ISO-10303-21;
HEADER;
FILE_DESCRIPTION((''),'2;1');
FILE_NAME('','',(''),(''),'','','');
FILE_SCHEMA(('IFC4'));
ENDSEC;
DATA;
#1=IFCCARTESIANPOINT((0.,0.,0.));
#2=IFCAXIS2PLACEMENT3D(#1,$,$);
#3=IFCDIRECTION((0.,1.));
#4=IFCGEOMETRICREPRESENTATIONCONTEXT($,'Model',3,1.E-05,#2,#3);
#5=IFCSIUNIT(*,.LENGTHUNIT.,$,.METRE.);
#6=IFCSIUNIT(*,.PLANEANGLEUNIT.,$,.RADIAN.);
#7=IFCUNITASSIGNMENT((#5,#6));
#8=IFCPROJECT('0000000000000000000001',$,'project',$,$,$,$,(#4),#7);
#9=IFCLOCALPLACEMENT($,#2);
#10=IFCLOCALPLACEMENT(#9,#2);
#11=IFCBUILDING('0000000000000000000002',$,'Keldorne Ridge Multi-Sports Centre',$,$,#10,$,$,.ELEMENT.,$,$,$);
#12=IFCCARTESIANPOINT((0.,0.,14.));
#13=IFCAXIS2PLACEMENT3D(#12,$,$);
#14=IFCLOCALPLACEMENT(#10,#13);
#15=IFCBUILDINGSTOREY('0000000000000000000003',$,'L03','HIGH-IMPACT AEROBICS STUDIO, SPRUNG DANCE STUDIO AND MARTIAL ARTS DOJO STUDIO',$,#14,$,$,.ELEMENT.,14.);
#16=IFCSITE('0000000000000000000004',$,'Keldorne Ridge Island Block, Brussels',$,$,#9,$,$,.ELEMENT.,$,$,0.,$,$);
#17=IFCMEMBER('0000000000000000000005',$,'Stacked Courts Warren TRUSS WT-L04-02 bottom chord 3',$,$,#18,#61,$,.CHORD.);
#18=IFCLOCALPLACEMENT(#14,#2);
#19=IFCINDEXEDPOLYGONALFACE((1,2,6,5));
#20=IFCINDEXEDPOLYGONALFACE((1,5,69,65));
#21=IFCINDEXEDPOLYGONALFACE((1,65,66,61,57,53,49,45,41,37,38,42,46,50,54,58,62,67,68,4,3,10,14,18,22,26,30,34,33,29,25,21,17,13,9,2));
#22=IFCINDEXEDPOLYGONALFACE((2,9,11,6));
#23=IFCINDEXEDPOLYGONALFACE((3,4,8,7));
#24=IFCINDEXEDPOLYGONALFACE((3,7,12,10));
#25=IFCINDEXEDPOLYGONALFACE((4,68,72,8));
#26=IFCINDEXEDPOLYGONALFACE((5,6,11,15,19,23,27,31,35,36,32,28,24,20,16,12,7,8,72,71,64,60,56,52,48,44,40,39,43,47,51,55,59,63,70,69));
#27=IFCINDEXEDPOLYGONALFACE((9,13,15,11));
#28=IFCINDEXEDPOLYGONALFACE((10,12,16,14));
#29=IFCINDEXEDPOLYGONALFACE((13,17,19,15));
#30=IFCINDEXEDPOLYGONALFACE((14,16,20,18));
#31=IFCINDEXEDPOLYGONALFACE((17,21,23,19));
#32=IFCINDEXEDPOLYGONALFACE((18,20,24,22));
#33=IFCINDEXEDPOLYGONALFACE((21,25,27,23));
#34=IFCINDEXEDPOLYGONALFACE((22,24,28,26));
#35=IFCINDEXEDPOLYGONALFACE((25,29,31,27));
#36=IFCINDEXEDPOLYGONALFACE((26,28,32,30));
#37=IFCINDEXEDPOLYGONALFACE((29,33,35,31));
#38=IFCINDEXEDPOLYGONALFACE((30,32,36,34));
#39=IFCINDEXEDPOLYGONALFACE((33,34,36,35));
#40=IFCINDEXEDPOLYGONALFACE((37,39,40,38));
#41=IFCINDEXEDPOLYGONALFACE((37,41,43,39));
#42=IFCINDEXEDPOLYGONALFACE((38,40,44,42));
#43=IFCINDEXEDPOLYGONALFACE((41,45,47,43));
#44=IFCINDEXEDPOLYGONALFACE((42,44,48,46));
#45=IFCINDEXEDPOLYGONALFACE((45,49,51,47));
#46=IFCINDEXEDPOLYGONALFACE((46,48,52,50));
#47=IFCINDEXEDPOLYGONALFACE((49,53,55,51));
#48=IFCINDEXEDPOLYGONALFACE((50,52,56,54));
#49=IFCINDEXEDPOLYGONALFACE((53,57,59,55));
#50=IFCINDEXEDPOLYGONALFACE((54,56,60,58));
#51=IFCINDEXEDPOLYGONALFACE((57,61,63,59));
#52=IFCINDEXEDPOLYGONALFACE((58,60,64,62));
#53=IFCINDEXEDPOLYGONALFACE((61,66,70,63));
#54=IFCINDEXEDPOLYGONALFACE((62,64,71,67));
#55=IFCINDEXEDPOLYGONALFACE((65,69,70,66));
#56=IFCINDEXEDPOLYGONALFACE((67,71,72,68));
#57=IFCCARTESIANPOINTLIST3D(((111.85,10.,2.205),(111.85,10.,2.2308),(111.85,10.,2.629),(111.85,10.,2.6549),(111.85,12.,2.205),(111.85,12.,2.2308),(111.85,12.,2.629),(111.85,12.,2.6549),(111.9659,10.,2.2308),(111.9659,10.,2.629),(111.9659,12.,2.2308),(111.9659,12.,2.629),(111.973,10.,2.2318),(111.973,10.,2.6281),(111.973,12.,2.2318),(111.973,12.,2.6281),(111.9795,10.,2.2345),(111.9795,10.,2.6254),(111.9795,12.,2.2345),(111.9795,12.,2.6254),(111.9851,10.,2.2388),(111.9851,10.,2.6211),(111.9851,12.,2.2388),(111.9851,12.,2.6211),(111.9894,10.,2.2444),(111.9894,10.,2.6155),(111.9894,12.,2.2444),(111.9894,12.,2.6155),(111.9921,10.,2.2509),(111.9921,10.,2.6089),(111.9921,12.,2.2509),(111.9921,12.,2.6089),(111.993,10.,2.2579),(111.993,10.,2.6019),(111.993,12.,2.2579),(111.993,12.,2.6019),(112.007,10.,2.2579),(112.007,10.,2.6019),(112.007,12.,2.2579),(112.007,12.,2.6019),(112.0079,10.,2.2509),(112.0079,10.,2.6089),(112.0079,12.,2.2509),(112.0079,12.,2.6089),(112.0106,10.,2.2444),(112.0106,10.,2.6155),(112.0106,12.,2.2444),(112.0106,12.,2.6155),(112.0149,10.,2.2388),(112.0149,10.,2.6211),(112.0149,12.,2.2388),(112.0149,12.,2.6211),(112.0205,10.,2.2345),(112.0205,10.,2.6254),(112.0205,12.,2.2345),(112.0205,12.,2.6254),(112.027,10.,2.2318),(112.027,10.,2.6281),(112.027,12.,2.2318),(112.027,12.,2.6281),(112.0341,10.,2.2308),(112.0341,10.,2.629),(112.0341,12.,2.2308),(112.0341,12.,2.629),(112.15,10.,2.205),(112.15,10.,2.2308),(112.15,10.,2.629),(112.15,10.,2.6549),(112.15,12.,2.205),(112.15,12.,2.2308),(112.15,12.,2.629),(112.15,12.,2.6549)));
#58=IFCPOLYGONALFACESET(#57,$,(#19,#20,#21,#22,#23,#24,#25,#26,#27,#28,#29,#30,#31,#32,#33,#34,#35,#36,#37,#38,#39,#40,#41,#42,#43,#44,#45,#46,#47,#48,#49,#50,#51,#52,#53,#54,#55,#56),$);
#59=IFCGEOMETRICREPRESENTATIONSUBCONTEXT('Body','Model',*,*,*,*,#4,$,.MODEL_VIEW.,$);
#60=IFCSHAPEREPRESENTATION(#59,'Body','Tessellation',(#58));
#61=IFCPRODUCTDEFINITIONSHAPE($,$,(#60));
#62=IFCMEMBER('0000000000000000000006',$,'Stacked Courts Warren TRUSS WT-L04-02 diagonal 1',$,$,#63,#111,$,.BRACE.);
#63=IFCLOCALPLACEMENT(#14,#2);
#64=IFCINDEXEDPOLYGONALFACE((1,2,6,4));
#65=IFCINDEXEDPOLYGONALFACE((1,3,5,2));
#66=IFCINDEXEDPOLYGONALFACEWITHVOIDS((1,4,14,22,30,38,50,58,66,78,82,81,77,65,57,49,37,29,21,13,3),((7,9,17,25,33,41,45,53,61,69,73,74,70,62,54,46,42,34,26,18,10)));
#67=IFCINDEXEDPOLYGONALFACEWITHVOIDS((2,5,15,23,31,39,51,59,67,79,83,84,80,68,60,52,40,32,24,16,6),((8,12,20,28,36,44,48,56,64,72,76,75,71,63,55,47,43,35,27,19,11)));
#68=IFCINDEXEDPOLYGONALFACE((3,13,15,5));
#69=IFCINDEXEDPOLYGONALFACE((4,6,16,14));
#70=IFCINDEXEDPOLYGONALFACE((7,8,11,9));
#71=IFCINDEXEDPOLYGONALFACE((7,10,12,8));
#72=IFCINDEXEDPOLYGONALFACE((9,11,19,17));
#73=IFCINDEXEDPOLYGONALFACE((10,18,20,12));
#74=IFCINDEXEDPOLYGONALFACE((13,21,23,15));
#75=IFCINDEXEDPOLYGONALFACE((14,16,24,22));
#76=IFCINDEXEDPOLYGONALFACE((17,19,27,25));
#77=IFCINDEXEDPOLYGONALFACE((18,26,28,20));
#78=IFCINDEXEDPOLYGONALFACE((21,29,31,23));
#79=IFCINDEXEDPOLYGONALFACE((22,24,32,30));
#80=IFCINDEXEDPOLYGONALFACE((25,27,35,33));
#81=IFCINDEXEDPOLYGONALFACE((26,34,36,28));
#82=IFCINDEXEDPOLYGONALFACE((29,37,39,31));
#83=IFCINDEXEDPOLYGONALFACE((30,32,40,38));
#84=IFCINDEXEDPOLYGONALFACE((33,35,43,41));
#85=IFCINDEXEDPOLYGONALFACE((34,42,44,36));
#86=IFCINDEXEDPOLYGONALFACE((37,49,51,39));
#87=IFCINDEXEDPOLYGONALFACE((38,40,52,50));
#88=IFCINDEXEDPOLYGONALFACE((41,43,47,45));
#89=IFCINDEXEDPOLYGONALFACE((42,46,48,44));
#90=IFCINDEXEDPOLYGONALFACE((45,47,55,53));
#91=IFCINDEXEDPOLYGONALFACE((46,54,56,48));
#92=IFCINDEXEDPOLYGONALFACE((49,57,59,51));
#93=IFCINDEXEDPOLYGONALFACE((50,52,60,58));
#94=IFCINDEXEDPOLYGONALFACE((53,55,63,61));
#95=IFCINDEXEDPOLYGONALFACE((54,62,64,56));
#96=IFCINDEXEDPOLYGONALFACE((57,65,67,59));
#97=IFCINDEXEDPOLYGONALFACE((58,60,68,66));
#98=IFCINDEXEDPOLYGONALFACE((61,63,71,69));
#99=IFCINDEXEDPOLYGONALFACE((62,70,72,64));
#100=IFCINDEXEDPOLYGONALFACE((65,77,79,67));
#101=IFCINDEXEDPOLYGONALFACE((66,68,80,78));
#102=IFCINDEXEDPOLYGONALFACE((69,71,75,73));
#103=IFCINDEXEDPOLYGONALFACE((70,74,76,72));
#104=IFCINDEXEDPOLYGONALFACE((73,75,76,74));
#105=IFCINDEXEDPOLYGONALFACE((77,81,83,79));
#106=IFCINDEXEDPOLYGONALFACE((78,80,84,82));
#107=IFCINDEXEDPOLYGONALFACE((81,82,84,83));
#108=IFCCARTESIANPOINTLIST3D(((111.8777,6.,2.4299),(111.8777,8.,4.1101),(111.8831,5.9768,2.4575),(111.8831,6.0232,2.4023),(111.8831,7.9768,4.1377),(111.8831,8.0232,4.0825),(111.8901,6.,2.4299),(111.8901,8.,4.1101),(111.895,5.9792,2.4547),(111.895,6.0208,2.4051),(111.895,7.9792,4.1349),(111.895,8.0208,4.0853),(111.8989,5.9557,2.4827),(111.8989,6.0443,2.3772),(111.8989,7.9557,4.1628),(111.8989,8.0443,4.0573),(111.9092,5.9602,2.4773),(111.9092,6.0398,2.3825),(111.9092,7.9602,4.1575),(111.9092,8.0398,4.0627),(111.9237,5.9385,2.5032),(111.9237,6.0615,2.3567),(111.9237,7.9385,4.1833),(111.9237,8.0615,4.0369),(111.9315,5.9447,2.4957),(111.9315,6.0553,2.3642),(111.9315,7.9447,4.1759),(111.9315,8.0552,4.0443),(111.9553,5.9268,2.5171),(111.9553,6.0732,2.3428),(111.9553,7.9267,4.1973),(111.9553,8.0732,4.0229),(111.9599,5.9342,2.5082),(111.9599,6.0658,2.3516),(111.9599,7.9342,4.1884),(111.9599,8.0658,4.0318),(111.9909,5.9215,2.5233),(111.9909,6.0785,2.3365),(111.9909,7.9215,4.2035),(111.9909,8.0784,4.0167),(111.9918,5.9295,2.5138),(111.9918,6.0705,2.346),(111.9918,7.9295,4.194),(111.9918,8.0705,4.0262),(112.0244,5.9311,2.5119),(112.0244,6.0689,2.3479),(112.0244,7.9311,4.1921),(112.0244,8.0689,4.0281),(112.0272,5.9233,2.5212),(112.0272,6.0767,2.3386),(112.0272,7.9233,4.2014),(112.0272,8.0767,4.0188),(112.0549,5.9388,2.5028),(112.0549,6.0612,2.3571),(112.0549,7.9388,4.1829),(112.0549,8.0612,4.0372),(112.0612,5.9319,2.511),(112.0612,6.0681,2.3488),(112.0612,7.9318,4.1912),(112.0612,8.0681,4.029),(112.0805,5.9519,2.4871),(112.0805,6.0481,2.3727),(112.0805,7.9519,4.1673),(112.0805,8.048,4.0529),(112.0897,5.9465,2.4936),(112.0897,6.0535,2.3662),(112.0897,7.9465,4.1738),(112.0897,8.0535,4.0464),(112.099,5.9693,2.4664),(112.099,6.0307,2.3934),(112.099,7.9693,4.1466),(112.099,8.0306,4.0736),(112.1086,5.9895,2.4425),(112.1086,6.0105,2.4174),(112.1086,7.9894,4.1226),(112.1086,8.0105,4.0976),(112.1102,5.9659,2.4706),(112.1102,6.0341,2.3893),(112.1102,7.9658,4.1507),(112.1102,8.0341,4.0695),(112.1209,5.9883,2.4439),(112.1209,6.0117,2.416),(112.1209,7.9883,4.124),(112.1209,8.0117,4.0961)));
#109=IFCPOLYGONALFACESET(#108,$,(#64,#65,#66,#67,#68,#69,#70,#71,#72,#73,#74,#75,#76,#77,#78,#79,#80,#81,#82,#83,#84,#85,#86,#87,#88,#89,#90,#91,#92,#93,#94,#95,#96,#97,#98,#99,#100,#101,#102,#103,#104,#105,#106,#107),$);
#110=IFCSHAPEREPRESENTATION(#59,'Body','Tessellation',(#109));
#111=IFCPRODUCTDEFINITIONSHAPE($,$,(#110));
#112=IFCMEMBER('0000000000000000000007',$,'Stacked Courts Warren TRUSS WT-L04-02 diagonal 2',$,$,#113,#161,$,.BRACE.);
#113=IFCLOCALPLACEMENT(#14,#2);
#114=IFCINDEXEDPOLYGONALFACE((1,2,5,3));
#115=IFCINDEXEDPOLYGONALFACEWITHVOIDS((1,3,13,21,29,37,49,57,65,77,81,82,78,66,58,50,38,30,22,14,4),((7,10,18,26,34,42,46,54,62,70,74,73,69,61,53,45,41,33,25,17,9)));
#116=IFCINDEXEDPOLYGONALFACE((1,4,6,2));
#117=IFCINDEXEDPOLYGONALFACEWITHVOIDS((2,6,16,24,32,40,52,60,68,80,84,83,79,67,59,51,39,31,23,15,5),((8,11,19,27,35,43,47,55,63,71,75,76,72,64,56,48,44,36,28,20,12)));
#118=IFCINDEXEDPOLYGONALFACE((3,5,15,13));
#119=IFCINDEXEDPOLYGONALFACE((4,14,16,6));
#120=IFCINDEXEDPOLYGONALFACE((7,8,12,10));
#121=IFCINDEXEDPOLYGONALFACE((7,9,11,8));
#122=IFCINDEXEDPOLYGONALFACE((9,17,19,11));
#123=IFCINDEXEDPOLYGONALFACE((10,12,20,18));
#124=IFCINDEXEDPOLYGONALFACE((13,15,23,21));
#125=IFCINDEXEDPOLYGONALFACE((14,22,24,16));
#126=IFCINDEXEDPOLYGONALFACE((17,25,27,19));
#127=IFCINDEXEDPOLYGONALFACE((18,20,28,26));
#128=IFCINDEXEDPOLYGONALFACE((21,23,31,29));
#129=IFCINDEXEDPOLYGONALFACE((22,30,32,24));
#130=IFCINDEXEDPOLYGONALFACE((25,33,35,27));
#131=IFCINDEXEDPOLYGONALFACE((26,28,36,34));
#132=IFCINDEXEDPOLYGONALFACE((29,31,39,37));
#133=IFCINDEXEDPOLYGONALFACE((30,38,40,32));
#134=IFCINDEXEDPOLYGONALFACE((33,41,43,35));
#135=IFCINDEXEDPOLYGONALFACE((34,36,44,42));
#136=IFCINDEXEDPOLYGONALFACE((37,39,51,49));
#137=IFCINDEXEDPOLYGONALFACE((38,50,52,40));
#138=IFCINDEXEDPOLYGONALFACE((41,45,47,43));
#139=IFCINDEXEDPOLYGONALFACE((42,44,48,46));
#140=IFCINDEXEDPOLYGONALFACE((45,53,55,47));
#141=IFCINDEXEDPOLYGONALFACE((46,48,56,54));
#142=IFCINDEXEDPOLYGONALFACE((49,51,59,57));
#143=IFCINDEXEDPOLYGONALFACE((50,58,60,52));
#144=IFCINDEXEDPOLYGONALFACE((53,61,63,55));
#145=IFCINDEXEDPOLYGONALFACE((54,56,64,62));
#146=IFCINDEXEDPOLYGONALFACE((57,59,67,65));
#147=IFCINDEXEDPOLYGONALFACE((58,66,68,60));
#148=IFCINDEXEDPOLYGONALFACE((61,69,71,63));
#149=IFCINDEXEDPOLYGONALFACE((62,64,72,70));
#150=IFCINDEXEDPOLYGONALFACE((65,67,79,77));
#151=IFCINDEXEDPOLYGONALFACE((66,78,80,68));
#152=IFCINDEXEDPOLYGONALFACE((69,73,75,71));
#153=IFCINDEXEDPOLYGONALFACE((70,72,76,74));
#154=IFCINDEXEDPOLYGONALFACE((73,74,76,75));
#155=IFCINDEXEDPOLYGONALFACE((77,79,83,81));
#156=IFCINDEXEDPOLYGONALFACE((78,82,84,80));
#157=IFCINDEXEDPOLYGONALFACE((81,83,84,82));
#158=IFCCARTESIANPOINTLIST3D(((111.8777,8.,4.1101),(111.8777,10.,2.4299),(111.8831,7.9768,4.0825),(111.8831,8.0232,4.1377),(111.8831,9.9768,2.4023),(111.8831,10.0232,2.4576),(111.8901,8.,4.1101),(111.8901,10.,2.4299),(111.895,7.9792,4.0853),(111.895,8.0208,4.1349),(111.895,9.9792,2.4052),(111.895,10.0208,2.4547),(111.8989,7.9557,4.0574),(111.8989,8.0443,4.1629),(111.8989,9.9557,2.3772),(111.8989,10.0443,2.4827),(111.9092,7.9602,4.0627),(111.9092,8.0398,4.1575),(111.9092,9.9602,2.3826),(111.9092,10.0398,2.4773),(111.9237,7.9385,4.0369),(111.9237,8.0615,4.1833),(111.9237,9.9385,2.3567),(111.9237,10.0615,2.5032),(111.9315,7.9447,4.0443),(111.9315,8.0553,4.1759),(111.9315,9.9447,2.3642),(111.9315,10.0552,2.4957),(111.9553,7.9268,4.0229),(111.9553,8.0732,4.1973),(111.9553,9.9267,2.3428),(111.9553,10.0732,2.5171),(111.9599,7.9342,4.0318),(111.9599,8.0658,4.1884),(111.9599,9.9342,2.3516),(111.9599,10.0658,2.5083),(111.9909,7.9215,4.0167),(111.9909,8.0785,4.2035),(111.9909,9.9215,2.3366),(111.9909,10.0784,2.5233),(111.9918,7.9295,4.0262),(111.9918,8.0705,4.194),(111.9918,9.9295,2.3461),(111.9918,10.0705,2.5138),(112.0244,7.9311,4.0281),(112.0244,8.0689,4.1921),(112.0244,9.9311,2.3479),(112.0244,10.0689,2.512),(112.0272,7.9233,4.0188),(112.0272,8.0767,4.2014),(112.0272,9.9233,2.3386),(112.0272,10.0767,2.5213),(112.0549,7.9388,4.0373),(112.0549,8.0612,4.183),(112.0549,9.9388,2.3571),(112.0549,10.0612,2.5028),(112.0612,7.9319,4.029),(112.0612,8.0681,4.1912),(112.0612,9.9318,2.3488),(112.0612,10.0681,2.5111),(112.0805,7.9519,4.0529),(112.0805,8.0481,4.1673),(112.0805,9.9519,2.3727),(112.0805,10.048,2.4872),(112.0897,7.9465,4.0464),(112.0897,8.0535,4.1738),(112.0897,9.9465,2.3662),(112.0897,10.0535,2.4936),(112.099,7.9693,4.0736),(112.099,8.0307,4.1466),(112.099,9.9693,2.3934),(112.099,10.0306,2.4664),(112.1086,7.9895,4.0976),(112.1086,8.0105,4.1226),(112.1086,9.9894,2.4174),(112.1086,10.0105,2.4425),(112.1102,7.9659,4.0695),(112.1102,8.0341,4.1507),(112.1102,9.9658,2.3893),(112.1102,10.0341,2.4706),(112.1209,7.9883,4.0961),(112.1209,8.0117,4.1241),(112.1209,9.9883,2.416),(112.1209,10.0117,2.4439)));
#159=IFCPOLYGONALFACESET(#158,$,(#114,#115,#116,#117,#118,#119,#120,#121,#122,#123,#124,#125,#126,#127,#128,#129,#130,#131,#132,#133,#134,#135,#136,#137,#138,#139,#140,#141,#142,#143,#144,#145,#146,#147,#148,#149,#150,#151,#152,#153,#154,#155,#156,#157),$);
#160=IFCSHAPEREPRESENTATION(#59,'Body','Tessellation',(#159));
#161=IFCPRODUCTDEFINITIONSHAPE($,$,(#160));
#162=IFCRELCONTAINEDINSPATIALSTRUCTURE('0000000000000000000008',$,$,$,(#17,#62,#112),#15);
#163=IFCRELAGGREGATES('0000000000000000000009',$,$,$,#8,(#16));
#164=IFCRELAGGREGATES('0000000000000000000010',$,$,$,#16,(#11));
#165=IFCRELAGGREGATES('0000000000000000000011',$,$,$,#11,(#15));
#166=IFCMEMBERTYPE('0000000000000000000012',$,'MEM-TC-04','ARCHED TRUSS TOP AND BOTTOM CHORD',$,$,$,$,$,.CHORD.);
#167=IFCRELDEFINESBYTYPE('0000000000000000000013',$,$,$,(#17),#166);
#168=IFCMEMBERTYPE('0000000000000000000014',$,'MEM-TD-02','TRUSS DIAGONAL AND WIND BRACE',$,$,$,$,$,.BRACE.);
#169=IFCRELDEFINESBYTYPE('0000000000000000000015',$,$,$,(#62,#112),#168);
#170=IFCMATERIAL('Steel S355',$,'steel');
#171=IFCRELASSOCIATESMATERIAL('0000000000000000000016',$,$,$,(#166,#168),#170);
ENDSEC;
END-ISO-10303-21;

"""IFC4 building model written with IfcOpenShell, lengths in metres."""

from ifc_helpers import new_model, si_unit, direction, frame, origin, origin_2d, place, context, subcontext, project, spatial, hollow_circle, i_section, extrude, material, material_profile, profile_set, type_object, element, save


model = new_model("IFC4")

# Units and contexts
model_context = context("Model", 3, precision=1e-05, world=origin(), true_north=direction((0.0, 1.0)))
body_context = subcontext(model_context, "Body", "Model", "MODEL_VIEW")
ifc_project = project(units=[si_unit("LENGTHUNIT", "METRE"), si_unit("PLANEANGLEUNIT", "RADIAN")], contexts=[model_context])

# Site, building, storey
site_placement = place(None, origin())
site = spatial("IfcSite", under=ifc_project, at=site_placement, Name="Keldorne Ridge Island Block, Brussels", CompositionType="ELEMENT", RefElevation=0.0)
building_placement = place(site_placement, origin())
building = spatial("IfcBuilding", under=site, at=building_placement, Name="Keldorne Ridge Multi-Sports Centre", CompositionType="ELEMENT")
storey_placement = place(building_placement, frame((0.0, 0.0, 14.0)))
storey = spatial("IfcBuildingStorey", under=building, at=storey_placement, Name="L03", Description="HIGH-IMPACT AEROBICS STUDIO, SPRUNG DANCE STUDIO AND MARTIAL ARTS DOJO STUDIO", CompositionType="ELEMENT", Elevation=14.0)

# Shared definitions
ifc_material_1 = material(Name="Steel S355", Category="steel")

# Members
ifc_material_profile_1 = material_profile(ifc_material_1, i_section(OverallWidth=0.3, OverallDepth=0.45, WebThickness=0.0139, FlangeThickness=0.0259, FilletRadius=0.0271, at=origin_2d()), Name="HEB 450")
ifc_profile_set_1 = profile_set([ifc_material_profile_1], Name="Steel S355")
member_type_1 = type_object("IfcMemberType", Name="MEM-TC-04", Description="ARCHED TRUSS TOP AND BOTTOM CHORD", PredefinedType="CHORD", material=ifc_profile_set_1)
for number, where, z_axis, x_axis, name in (
    (1, (112.0, 10.0, 2.4299), (0.0, 1.0, 0.0), (-1.0, 0.0, 0.0), "Stacked Courts Warren TRUSS WT-L04-02 bottom chord 3"),
):
    element("IfcMember", number, at=place(storey_placement, frame(where, z_axis=z_axis, x_axis=x_axis)), inside=storey, type_object=member_type_1, Name=name, PredefinedType="CHORD", context=body_context, shape_type="SweptSolid", body=[
        extrude(i_section(OverallWidth=0.3, OverallDepth=0.45, WebThickness=0.0139, FlangeThickness=0.0259, FilletRadius=0.0271, at=origin_2d()), origin(), (0.0, 0.0, 1.0), 2.0),
    ])
ifc_material_profile_2 = material_profile(ifc_material_1, hollow_circle(Radius=0.1223, WallThickness=0.0125, at=origin_2d()), Name="CHS 244.5x12.5")
ifc_profile_set_2 = profile_set([ifc_material_profile_2], Name="Steel S355")
member_type_2 = type_object("IfcMemberType", Name="MEM-TD-02", Description="TRUSS DIAGONAL AND WIND BRACE", PredefinedType="BRACE", material=ifc_profile_set_2)
for number, where, z_axis, x_axis, name in (
    (2, (112.0, 6.0, 2.4299), (0.0, 0.765672, 0.643232), (-1.0, 0.0, 0.0), "Stacked Courts Warren TRUSS WT-L04-02 diagonal 1"),
    (3, (112.0, 8.0, 4.1101), (0.0, 0.765672, -0.643232), (-1.0, 0.0, 0.0), "Stacked Courts Warren TRUSS WT-L04-02 diagonal 2"),
):
    element("IfcMember", number, at=place(storey_placement, frame(where, z_axis=z_axis, x_axis=x_axis)), inside=storey, type_object=member_type_2, Name=name, PredefinedType="BRACE", context=body_context, shape_type="SweptSolid", body=[
        extrude(hollow_circle(Radius=0.1223, WallThickness=0.0125, at=origin_2d()), origin(), (0.0, 0.0, 1.0), 2.6121),
    ])

save(model, "model.ifc")
